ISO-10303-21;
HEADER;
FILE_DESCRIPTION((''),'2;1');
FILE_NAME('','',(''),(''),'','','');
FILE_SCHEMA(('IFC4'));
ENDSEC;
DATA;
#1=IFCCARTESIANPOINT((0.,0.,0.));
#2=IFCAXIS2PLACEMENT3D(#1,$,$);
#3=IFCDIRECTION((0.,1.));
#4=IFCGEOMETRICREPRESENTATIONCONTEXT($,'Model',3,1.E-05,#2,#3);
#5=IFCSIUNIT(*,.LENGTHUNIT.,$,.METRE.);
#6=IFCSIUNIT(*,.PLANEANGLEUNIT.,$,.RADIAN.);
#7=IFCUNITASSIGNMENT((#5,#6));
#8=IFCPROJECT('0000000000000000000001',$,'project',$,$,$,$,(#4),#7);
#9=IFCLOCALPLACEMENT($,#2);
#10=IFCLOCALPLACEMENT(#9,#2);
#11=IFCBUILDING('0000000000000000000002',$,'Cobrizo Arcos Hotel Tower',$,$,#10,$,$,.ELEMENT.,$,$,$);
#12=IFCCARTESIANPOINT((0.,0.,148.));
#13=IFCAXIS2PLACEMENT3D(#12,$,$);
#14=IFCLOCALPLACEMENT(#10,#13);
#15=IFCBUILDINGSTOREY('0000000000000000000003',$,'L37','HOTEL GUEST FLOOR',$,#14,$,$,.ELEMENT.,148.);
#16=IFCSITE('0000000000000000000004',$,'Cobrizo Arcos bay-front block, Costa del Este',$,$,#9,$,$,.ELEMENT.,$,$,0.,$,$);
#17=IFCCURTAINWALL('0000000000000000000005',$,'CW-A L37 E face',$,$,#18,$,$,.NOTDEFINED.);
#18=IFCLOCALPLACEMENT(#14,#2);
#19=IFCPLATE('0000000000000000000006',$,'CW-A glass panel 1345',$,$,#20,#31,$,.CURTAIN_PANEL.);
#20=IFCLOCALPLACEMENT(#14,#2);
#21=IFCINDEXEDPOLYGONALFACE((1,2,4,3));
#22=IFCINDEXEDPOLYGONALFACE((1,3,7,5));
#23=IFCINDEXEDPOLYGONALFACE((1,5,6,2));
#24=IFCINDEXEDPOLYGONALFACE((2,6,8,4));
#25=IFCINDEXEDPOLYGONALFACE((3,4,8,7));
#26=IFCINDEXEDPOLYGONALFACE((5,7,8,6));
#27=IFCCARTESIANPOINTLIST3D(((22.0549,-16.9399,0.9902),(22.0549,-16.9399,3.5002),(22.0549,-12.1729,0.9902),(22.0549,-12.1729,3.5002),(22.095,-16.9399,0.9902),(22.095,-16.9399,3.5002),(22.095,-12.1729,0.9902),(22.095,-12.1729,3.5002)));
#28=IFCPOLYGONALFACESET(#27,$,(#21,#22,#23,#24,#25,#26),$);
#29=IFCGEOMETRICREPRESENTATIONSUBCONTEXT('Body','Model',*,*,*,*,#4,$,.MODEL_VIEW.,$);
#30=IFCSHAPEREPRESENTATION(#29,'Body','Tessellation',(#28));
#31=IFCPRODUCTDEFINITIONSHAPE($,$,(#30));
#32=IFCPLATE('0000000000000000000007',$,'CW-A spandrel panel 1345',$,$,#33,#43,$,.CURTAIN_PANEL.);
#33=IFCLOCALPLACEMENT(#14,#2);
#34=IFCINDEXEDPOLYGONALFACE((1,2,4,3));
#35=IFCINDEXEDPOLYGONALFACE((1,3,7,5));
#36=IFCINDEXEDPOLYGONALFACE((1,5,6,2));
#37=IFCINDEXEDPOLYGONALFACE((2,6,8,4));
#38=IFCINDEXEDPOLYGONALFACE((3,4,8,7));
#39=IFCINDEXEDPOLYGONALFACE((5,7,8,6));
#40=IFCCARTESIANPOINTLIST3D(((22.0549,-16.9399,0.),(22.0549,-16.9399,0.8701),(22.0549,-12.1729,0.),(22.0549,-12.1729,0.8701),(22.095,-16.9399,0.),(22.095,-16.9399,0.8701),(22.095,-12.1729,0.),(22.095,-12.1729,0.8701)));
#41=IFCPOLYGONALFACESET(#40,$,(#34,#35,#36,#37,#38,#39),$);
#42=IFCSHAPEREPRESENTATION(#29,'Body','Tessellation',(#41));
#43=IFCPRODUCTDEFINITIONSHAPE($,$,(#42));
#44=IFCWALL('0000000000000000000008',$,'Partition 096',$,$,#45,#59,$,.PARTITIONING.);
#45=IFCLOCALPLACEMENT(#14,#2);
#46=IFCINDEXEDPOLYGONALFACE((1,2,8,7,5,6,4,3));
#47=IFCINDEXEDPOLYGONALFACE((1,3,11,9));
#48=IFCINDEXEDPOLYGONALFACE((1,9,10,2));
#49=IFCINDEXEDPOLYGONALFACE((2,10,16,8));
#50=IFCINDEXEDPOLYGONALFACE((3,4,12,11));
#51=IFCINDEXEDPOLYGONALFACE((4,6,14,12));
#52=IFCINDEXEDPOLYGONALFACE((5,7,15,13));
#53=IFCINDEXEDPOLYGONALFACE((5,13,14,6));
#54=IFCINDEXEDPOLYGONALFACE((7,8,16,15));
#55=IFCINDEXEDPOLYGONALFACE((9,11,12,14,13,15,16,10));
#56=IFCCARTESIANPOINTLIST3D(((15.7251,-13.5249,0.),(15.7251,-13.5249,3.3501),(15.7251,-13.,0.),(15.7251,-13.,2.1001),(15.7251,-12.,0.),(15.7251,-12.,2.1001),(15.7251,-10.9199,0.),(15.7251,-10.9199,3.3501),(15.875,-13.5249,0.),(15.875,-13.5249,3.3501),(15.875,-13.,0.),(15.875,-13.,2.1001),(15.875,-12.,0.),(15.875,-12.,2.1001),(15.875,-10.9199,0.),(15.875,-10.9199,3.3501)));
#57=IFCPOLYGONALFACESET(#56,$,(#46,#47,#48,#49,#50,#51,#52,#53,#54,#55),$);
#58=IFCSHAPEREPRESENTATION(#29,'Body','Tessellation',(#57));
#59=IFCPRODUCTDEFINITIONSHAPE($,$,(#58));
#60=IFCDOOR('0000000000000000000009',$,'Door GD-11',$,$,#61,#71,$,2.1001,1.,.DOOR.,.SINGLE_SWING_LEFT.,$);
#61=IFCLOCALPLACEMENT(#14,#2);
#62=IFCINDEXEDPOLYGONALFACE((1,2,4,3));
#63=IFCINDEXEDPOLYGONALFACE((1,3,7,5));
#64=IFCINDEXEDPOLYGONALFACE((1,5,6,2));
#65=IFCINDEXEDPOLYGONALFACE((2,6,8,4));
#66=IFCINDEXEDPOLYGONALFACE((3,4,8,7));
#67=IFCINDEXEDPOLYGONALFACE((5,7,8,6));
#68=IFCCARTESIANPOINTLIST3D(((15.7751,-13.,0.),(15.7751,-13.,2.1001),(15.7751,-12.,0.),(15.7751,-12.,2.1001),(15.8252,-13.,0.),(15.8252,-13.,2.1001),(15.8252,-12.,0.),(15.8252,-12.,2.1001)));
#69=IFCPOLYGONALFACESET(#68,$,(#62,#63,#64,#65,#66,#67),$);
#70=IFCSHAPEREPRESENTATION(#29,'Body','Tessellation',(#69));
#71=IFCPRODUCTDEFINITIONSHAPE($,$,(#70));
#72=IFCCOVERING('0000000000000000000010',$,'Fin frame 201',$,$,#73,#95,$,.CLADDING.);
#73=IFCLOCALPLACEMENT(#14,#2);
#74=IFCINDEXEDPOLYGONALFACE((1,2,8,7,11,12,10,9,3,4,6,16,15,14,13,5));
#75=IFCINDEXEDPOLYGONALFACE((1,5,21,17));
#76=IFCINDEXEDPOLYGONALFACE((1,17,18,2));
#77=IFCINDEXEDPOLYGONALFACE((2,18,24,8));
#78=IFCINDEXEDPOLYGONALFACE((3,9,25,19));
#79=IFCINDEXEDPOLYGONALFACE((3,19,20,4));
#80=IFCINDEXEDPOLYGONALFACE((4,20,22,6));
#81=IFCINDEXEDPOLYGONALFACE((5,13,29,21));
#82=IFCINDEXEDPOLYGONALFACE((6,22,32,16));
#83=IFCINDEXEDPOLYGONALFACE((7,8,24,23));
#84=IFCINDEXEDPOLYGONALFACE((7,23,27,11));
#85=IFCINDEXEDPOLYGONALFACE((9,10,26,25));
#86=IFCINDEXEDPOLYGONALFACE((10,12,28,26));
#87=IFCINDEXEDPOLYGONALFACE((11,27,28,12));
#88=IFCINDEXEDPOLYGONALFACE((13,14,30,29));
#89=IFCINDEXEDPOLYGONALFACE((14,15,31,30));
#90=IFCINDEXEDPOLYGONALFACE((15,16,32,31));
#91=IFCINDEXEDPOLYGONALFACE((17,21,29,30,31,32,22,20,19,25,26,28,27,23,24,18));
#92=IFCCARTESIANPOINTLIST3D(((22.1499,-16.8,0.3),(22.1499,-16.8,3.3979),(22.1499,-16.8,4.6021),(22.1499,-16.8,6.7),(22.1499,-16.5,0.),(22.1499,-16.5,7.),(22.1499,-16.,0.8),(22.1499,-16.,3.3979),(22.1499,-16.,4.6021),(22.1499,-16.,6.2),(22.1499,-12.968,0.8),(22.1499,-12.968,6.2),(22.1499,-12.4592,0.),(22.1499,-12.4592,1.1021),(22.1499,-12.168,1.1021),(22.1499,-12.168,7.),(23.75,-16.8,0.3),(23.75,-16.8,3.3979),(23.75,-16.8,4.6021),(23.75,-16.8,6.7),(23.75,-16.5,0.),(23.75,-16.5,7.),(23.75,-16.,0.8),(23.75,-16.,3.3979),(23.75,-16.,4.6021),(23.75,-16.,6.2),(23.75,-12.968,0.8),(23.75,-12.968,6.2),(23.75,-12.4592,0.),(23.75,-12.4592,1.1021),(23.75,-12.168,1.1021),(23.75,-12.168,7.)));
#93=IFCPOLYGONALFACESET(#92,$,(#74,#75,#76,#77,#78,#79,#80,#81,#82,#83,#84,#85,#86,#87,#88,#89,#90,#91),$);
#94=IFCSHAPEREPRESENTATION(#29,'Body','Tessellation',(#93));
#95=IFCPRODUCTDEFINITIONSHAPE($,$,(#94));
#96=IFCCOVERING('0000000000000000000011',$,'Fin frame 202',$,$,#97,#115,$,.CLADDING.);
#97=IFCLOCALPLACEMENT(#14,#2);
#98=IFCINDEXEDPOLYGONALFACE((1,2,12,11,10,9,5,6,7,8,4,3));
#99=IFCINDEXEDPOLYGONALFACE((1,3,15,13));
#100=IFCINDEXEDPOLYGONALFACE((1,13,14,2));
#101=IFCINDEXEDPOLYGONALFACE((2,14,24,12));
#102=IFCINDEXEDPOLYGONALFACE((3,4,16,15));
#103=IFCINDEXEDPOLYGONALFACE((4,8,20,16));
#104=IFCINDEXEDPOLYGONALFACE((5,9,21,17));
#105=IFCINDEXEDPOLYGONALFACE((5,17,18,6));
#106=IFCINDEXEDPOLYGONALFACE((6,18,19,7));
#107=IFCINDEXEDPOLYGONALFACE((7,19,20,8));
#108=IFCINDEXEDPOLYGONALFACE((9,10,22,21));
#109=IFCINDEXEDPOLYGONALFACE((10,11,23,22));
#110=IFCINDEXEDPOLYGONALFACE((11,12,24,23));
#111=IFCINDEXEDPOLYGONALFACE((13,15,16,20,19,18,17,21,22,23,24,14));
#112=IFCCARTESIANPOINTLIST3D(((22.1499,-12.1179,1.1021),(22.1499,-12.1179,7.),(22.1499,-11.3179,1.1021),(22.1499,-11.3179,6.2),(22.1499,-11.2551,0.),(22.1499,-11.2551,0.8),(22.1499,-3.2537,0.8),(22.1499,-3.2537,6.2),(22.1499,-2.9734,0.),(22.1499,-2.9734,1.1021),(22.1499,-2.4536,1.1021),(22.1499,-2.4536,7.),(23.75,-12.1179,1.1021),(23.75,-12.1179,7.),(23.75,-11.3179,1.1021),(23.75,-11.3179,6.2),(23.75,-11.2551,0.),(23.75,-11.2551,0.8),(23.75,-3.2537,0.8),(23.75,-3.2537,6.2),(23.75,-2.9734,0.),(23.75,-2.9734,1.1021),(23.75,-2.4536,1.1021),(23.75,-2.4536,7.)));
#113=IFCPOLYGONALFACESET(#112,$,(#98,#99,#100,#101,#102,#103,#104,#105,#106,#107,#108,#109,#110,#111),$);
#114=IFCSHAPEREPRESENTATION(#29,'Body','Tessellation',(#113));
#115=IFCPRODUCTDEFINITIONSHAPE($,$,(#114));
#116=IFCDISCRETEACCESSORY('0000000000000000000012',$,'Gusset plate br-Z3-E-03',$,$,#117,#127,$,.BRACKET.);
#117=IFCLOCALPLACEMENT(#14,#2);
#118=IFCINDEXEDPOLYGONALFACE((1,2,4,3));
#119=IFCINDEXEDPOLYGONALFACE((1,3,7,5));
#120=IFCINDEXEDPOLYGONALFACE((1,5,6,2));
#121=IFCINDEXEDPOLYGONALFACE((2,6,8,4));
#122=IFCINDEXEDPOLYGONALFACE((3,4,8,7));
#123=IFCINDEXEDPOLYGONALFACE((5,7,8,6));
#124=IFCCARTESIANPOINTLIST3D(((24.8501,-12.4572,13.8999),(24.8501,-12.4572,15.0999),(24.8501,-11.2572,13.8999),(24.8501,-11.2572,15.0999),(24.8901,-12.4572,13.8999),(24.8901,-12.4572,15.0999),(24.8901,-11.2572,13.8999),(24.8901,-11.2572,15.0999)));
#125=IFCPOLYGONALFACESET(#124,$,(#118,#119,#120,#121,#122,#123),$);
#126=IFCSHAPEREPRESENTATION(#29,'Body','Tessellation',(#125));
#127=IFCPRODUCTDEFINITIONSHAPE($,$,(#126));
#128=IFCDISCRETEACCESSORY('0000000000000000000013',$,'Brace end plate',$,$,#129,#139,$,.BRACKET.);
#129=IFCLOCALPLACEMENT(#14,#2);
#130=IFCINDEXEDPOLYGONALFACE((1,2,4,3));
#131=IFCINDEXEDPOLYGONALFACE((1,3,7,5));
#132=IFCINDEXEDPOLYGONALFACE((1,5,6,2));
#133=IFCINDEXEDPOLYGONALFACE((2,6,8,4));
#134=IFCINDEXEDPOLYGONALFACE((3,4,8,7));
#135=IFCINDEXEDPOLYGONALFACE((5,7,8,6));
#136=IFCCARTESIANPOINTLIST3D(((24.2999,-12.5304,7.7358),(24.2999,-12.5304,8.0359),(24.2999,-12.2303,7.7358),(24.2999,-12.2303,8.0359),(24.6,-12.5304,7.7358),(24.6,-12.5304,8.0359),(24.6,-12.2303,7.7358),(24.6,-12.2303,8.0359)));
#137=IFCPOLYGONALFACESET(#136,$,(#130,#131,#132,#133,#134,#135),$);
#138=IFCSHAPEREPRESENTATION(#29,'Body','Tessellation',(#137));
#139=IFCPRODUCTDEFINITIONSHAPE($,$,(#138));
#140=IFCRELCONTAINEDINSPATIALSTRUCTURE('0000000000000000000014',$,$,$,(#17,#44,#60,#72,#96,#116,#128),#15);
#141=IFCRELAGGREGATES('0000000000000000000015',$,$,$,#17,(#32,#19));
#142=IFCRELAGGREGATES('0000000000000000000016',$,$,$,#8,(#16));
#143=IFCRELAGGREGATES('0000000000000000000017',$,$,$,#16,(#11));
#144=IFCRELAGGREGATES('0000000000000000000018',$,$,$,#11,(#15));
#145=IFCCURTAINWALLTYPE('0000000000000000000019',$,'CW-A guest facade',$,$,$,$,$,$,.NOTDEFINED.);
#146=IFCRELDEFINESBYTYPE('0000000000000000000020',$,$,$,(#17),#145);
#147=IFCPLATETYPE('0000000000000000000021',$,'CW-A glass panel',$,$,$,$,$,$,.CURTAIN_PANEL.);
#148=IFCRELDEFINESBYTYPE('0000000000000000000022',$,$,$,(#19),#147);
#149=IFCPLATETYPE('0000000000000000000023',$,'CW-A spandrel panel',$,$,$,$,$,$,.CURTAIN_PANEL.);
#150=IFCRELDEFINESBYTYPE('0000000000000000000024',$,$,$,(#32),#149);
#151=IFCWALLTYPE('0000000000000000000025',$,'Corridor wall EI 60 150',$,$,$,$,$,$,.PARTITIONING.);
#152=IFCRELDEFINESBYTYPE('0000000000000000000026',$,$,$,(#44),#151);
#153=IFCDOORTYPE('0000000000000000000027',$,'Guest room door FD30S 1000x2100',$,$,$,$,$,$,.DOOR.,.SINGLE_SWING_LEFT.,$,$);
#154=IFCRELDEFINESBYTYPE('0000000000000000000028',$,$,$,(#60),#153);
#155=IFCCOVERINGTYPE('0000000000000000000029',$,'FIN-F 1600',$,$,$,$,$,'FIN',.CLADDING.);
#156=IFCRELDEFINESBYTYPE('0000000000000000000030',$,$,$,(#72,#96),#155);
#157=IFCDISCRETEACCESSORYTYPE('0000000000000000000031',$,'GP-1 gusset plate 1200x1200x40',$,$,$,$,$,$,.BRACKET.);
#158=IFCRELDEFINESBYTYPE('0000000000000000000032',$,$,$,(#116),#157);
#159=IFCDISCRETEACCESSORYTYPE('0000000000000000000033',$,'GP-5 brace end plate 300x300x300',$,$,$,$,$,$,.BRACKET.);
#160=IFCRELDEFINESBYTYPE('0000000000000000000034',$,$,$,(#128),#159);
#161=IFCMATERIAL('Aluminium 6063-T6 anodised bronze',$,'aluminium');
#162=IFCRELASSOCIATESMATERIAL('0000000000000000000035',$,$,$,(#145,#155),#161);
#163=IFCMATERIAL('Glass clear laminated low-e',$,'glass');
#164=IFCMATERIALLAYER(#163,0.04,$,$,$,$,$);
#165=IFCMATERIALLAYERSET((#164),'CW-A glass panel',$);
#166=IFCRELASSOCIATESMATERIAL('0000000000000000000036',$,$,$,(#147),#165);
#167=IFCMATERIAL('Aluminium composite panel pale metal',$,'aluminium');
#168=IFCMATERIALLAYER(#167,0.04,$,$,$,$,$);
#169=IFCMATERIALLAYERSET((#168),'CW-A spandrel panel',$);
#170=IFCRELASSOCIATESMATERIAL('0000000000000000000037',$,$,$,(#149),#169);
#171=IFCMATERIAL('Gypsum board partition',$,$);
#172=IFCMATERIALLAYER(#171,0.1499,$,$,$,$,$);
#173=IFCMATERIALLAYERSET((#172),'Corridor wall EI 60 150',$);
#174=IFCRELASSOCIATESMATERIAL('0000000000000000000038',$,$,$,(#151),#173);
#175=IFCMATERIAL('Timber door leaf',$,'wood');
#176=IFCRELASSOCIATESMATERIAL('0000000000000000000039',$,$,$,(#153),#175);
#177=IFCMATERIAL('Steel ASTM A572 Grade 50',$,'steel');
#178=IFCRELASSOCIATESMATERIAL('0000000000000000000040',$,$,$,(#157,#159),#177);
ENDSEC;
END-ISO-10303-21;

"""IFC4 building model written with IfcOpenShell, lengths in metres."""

from ifc_helpers import new_model, si_unit, direction, frame, frame_2d, origin, origin_2d, place, context, subcontext, project, spatial, polyline, rectangle, outline, extrude, material, layer, layer_set, type_object, element, fill, aggregate, save


model = new_model("IFC4")

# Units and contexts
model_context = context("Model", 3, precision=1e-05, world=origin(), true_north=direction((0.0, 1.0)))
body_context = subcontext(model_context, "Body", "Model", "MODEL_VIEW")
ifc_project = project(units=[si_unit("LENGTHUNIT", "METRE"), si_unit("PLANEANGLEUNIT", "RADIAN")], contexts=[model_context])

# Site, building, storey
site_placement = place(None, origin())
site = spatial("IfcSite", under=ifc_project, at=site_placement, Name="Cobrizo Arcos bay-front block, Costa del Este", CompositionType="ELEMENT", RefElevation=0.0)
building_placement = place(site_placement, origin())
building = spatial("IfcBuilding", under=site, at=building_placement, Name="Cobrizo Arcos Hotel Tower", CompositionType="ELEMENT")
storey_placement = place(building_placement, frame((0.0, 0.0, 148.0)))
storey = spatial("IfcBuildingStorey", under=building, at=storey_placement, Name="L37", Description="HOTEL GUEST FLOOR", CompositionType="ELEMENT", Elevation=148.0)

# Shared definitions
ifc_material_1 = material(Name="Steel ASTM A572 Grade 50", Category="steel")

# Curtain wall
ifc_material_2 = material(Name="Aluminium 6063-T6 anodised bronze", Category="aluminium")
curtain_wall_type = type_object("IfcCurtainWallType", Name="CW-A guest facade", PredefinedType="NOTDEFINED", material=ifc_material_2)
curtain_wall_1_placement = place(storey_placement, origin())
curtain_wall_1 = element("IfcCurtainWall", 1, at=curtain_wall_1_placement, inside=storey, type_object=curtain_wall_type, Name="CW-A L37 E face", PredefinedType="NOTDEFINED")

# Shared definitions
ifc_material_3 = material(Name="Glass clear laminated low-e", Category="glass")
ifc_layer_1 = layer(ifc_material_3, 0.04)
ifc_layer_set_1 = layer_set([ifc_layer_1], Name="CW-A glass panel")
plate_type_1 = type_object("IfcPlateType", Name="CW-A glass panel", PredefinedType="CURTAIN_PANEL", material=ifc_layer_set_1)

# Plates
plate_1_placement = place(storey_placement, frame((22.075, -14.5564, 0.9902), z_axis=(0.0, 0.0, 1.0), x_axis=(0.0, 1.0, 0.0)))
plate_1 = element("IfcPlate", 2, at=plate_1_placement, type_object=plate_type_1, Name="CW-A glass panel 1345", PredefinedType="CURTAIN_PANEL", context=body_context, shape_type="SweptSolid", body=[
    extrude(rectangle(XDim=4.7671, YDim=0.04, at=origin_2d()), origin(), (0.0, 0.0, 1.0), 2.51),
])
ifc_material_4 = material(Name="Aluminium composite panel pale metal", Category="aluminium")
ifc_layer_2 = layer(ifc_material_4, 0.04)
ifc_layer_set_2 = layer_set([ifc_layer_2], Name="CW-A spandrel panel")
plate_type_2 = type_object("IfcPlateType", Name="CW-A spandrel panel", PredefinedType="CURTAIN_PANEL", material=ifc_layer_set_2)
plate_2_placement = place(storey_placement, frame((22.075, -14.5564, 0.0), z_axis=(0.0, 0.0, 1.0), x_axis=(0.0, 1.0, 0.0)))
plate_2 = element("IfcPlate", 3, at=plate_2_placement, type_object=plate_type_2, Name="CW-A spandrel panel 1345", PredefinedType="CURTAIN_PANEL", context=body_context, shape_type="SweptSolid", body=[
    extrude(rectangle(XDim=4.7671, YDim=0.04, at=origin_2d()), origin(), (0.0, 0.0, 1.0), 0.8701),
])
aggregate(curtain_wall_1, [plate_2, plate_1])

# Wall, opening, door
ifc_material_5 = material(Name="Gypsum board partition")
ifc_layer_3 = layer(ifc_material_5, 0.1499)
ifc_layer_set_3 = layer_set([ifc_layer_3], Name="Corridor wall EI 60 150")
wall_type = type_object("IfcWallType", Name="Corridor wall EI 60 150", PredefinedType="PARTITIONING", material=ifc_layer_set_3)
wall_placement = place(storey_placement, frame((15.8, -13.5249, 0.0), z_axis=(0.0, 0.0, 1.0), x_axis=(0.0, 1.0, 0.0)))
wall = element("IfcWall", 4, at=wall_placement, inside=storey, type_object=wall_type, Name="Partition 096", PredefinedType="PARTITIONING", context=body_context, shape_type="SweptSolid", body=[
    extrude(rectangle(XDim=2.605, YDim=0.1499, at=frame_2d((1.3025, 0.0))), origin(), (0.0, 0.0, 1.0), 3.3501),
])
opening_placement = place(wall_placement, frame((0.5249, 0.0, 0.0)))
opening = element("IfcOpeningElement", 5, at=opening_placement, cuts=wall, PredefinedType="OPENING", context=body_context, shape_type="SweptSolid", body=[
    extrude(rectangle(XDim=1.0, YDim=2.1001, at=frame_2d((0.5, 1.05))), frame((0.0, 0.0869, 0.0), z_axis=(0.0, -1.0, 0.0), x_axis=(1.0, 0.0, 0.0)), (0.0, 0.0, 1.0), 0.1738),
])
ifc_material_6 = material(Name="Timber door leaf", Category="wood")
door_type = type_object("IfcDoorType", Name="Guest room door FD30S 1000x2100", OperationType="SINGLE_SWING_LEFT", PredefinedType="DOOR", material=ifc_material_6)
door_placement = place(opening_placement, origin())
door = element("IfcDoor", 6, at=door_placement, inside=storey, type_object=door_type, Name="Door GD-11", OperationType="SINGLE_SWING_LEFT", OverallHeight=2.1001, OverallWidth=1.0, PredefinedType="DOOR", context=body_context, shape_type="SweptSolid", body=[
    extrude(rectangle(XDim=1.0, YDim=2.1001, at=frame_2d((0.5, 1.05))), frame((0.0, 0.0249, 0.0), z_axis=(0.0, -1.0, 0.0), x_axis=(1.0, 0.0, 0.0)), (0.0, 0.0, 1.0), 0.05),
])
fill(opening, door)

# Coverings
covering_type = type_object("IfcCoveringType", Name="FIN-F 1600", ElementType="FIN", PredefinedType="CLADDING", material=ifc_material_2)
covering_1_placement = place(storey_placement, frame((22.1499, -16.8, 0.0), z_axis=(1.0, 0.0, 0.0), x_axis=(0.0, 1.0, 0.0)))
element("IfcCovering", 7, at=covering_1_placement, inside=storey, type_object=covering_type, Name="Fin frame 201", PredefinedType="CLADDING", context=body_context, shape_type="SweptSolid", body=[
    extrude(outline(polyline([(0.3, 0.0), (4.3408, 0.0), (4.3408, 1.1021), (4.6321, 1.1021), (4.6321, 7.0), (0.3, 7.0), (0.0, 6.7), (0.0, 4.6021), (0.8, 4.6021), (0.8, 6.2), (3.832, 6.2), (3.832, 0.8), (0.8, 0.8), (0.8, 3.3979), (0.0, 3.3979), (0.0, 0.3), (0.3, 0.0)])), origin(), (0.0, 0.0, 1.0), 1.6001),
])
covering_2_placement = place(storey_placement, frame((22.1499, -12.1179, 0.0), z_axis=(1.0, 0.0, 0.0), x_axis=(0.0, 1.0, 0.0)))
element("IfcCovering", 8, at=covering_2_placement, inside=storey, type_object=covering_type, Name="Fin frame 202", PredefinedType="CLADDING", context=body_context, shape_type="SweptSolid", body=[
    extrude(outline(polyline([(0.8628, 0.0), (9.1445, 0.0), (9.1445, 1.1021), (9.6643, 1.1021), (9.6643, 7.0), (0.0, 7.0), (0.0, 1.1021), (0.8, 1.1021), (0.8, 6.2), (8.8643, 6.2), (8.8643, 0.8), (0.8628, 0.8), (0.8628, 0.0)])), origin(), (0.0, 0.0, 1.0), 1.6001),
])

# Discrete accessories
discrete_accessory_type_1 = type_object("IfcDiscreteAccessoryType", Name="GP-1 gusset plate 1200x1200x40", PredefinedType="BRACKET", material=ifc_material_1)
discrete_accessory_1_placement = place(storey_placement, frame((24.8701, -11.8572, 13.8999), z_axis=(0.0, 0.0, 1.0), x_axis=(1.0, 0.0, 0.0)))
element("IfcDiscreteAccessory", 9, at=discrete_accessory_1_placement, inside=storey, type_object=discrete_accessory_type_1, Name="Gusset plate br-Z3-E-03", PredefinedType="BRACKET", context=body_context, shape_type="SweptSolid", body=[
    extrude(rectangle(XDim=0.04, YDim=1.2, at=origin_2d()), origin(), (0.0, 0.0, 1.0), 1.2),
])
discrete_accessory_type_2 = type_object("IfcDiscreteAccessoryType", Name="GP-5 brace end plate 300x300x300", PredefinedType="BRACKET", material=ifc_material_1)
discrete_accessory_2_placement = place(storey_placement, frame((24.45, -12.3804, 7.7358), z_axis=(0.0, 0.0, 1.0), x_axis=(1.0, 0.0, 0.0)))
element("IfcDiscreteAccessory", 10, at=discrete_accessory_2_placement, inside=storey, type_object=discrete_accessory_type_2, Name="Brace end plate", PredefinedType="BRACKET", context=body_context, shape_type="SweptSolid", body=[
    extrude(rectangle(XDim=0.3, YDim=0.3, at=origin_2d()), origin(), (0.0, 0.0, 1.0), 0.3),
])

save(model, "model.ifc")
